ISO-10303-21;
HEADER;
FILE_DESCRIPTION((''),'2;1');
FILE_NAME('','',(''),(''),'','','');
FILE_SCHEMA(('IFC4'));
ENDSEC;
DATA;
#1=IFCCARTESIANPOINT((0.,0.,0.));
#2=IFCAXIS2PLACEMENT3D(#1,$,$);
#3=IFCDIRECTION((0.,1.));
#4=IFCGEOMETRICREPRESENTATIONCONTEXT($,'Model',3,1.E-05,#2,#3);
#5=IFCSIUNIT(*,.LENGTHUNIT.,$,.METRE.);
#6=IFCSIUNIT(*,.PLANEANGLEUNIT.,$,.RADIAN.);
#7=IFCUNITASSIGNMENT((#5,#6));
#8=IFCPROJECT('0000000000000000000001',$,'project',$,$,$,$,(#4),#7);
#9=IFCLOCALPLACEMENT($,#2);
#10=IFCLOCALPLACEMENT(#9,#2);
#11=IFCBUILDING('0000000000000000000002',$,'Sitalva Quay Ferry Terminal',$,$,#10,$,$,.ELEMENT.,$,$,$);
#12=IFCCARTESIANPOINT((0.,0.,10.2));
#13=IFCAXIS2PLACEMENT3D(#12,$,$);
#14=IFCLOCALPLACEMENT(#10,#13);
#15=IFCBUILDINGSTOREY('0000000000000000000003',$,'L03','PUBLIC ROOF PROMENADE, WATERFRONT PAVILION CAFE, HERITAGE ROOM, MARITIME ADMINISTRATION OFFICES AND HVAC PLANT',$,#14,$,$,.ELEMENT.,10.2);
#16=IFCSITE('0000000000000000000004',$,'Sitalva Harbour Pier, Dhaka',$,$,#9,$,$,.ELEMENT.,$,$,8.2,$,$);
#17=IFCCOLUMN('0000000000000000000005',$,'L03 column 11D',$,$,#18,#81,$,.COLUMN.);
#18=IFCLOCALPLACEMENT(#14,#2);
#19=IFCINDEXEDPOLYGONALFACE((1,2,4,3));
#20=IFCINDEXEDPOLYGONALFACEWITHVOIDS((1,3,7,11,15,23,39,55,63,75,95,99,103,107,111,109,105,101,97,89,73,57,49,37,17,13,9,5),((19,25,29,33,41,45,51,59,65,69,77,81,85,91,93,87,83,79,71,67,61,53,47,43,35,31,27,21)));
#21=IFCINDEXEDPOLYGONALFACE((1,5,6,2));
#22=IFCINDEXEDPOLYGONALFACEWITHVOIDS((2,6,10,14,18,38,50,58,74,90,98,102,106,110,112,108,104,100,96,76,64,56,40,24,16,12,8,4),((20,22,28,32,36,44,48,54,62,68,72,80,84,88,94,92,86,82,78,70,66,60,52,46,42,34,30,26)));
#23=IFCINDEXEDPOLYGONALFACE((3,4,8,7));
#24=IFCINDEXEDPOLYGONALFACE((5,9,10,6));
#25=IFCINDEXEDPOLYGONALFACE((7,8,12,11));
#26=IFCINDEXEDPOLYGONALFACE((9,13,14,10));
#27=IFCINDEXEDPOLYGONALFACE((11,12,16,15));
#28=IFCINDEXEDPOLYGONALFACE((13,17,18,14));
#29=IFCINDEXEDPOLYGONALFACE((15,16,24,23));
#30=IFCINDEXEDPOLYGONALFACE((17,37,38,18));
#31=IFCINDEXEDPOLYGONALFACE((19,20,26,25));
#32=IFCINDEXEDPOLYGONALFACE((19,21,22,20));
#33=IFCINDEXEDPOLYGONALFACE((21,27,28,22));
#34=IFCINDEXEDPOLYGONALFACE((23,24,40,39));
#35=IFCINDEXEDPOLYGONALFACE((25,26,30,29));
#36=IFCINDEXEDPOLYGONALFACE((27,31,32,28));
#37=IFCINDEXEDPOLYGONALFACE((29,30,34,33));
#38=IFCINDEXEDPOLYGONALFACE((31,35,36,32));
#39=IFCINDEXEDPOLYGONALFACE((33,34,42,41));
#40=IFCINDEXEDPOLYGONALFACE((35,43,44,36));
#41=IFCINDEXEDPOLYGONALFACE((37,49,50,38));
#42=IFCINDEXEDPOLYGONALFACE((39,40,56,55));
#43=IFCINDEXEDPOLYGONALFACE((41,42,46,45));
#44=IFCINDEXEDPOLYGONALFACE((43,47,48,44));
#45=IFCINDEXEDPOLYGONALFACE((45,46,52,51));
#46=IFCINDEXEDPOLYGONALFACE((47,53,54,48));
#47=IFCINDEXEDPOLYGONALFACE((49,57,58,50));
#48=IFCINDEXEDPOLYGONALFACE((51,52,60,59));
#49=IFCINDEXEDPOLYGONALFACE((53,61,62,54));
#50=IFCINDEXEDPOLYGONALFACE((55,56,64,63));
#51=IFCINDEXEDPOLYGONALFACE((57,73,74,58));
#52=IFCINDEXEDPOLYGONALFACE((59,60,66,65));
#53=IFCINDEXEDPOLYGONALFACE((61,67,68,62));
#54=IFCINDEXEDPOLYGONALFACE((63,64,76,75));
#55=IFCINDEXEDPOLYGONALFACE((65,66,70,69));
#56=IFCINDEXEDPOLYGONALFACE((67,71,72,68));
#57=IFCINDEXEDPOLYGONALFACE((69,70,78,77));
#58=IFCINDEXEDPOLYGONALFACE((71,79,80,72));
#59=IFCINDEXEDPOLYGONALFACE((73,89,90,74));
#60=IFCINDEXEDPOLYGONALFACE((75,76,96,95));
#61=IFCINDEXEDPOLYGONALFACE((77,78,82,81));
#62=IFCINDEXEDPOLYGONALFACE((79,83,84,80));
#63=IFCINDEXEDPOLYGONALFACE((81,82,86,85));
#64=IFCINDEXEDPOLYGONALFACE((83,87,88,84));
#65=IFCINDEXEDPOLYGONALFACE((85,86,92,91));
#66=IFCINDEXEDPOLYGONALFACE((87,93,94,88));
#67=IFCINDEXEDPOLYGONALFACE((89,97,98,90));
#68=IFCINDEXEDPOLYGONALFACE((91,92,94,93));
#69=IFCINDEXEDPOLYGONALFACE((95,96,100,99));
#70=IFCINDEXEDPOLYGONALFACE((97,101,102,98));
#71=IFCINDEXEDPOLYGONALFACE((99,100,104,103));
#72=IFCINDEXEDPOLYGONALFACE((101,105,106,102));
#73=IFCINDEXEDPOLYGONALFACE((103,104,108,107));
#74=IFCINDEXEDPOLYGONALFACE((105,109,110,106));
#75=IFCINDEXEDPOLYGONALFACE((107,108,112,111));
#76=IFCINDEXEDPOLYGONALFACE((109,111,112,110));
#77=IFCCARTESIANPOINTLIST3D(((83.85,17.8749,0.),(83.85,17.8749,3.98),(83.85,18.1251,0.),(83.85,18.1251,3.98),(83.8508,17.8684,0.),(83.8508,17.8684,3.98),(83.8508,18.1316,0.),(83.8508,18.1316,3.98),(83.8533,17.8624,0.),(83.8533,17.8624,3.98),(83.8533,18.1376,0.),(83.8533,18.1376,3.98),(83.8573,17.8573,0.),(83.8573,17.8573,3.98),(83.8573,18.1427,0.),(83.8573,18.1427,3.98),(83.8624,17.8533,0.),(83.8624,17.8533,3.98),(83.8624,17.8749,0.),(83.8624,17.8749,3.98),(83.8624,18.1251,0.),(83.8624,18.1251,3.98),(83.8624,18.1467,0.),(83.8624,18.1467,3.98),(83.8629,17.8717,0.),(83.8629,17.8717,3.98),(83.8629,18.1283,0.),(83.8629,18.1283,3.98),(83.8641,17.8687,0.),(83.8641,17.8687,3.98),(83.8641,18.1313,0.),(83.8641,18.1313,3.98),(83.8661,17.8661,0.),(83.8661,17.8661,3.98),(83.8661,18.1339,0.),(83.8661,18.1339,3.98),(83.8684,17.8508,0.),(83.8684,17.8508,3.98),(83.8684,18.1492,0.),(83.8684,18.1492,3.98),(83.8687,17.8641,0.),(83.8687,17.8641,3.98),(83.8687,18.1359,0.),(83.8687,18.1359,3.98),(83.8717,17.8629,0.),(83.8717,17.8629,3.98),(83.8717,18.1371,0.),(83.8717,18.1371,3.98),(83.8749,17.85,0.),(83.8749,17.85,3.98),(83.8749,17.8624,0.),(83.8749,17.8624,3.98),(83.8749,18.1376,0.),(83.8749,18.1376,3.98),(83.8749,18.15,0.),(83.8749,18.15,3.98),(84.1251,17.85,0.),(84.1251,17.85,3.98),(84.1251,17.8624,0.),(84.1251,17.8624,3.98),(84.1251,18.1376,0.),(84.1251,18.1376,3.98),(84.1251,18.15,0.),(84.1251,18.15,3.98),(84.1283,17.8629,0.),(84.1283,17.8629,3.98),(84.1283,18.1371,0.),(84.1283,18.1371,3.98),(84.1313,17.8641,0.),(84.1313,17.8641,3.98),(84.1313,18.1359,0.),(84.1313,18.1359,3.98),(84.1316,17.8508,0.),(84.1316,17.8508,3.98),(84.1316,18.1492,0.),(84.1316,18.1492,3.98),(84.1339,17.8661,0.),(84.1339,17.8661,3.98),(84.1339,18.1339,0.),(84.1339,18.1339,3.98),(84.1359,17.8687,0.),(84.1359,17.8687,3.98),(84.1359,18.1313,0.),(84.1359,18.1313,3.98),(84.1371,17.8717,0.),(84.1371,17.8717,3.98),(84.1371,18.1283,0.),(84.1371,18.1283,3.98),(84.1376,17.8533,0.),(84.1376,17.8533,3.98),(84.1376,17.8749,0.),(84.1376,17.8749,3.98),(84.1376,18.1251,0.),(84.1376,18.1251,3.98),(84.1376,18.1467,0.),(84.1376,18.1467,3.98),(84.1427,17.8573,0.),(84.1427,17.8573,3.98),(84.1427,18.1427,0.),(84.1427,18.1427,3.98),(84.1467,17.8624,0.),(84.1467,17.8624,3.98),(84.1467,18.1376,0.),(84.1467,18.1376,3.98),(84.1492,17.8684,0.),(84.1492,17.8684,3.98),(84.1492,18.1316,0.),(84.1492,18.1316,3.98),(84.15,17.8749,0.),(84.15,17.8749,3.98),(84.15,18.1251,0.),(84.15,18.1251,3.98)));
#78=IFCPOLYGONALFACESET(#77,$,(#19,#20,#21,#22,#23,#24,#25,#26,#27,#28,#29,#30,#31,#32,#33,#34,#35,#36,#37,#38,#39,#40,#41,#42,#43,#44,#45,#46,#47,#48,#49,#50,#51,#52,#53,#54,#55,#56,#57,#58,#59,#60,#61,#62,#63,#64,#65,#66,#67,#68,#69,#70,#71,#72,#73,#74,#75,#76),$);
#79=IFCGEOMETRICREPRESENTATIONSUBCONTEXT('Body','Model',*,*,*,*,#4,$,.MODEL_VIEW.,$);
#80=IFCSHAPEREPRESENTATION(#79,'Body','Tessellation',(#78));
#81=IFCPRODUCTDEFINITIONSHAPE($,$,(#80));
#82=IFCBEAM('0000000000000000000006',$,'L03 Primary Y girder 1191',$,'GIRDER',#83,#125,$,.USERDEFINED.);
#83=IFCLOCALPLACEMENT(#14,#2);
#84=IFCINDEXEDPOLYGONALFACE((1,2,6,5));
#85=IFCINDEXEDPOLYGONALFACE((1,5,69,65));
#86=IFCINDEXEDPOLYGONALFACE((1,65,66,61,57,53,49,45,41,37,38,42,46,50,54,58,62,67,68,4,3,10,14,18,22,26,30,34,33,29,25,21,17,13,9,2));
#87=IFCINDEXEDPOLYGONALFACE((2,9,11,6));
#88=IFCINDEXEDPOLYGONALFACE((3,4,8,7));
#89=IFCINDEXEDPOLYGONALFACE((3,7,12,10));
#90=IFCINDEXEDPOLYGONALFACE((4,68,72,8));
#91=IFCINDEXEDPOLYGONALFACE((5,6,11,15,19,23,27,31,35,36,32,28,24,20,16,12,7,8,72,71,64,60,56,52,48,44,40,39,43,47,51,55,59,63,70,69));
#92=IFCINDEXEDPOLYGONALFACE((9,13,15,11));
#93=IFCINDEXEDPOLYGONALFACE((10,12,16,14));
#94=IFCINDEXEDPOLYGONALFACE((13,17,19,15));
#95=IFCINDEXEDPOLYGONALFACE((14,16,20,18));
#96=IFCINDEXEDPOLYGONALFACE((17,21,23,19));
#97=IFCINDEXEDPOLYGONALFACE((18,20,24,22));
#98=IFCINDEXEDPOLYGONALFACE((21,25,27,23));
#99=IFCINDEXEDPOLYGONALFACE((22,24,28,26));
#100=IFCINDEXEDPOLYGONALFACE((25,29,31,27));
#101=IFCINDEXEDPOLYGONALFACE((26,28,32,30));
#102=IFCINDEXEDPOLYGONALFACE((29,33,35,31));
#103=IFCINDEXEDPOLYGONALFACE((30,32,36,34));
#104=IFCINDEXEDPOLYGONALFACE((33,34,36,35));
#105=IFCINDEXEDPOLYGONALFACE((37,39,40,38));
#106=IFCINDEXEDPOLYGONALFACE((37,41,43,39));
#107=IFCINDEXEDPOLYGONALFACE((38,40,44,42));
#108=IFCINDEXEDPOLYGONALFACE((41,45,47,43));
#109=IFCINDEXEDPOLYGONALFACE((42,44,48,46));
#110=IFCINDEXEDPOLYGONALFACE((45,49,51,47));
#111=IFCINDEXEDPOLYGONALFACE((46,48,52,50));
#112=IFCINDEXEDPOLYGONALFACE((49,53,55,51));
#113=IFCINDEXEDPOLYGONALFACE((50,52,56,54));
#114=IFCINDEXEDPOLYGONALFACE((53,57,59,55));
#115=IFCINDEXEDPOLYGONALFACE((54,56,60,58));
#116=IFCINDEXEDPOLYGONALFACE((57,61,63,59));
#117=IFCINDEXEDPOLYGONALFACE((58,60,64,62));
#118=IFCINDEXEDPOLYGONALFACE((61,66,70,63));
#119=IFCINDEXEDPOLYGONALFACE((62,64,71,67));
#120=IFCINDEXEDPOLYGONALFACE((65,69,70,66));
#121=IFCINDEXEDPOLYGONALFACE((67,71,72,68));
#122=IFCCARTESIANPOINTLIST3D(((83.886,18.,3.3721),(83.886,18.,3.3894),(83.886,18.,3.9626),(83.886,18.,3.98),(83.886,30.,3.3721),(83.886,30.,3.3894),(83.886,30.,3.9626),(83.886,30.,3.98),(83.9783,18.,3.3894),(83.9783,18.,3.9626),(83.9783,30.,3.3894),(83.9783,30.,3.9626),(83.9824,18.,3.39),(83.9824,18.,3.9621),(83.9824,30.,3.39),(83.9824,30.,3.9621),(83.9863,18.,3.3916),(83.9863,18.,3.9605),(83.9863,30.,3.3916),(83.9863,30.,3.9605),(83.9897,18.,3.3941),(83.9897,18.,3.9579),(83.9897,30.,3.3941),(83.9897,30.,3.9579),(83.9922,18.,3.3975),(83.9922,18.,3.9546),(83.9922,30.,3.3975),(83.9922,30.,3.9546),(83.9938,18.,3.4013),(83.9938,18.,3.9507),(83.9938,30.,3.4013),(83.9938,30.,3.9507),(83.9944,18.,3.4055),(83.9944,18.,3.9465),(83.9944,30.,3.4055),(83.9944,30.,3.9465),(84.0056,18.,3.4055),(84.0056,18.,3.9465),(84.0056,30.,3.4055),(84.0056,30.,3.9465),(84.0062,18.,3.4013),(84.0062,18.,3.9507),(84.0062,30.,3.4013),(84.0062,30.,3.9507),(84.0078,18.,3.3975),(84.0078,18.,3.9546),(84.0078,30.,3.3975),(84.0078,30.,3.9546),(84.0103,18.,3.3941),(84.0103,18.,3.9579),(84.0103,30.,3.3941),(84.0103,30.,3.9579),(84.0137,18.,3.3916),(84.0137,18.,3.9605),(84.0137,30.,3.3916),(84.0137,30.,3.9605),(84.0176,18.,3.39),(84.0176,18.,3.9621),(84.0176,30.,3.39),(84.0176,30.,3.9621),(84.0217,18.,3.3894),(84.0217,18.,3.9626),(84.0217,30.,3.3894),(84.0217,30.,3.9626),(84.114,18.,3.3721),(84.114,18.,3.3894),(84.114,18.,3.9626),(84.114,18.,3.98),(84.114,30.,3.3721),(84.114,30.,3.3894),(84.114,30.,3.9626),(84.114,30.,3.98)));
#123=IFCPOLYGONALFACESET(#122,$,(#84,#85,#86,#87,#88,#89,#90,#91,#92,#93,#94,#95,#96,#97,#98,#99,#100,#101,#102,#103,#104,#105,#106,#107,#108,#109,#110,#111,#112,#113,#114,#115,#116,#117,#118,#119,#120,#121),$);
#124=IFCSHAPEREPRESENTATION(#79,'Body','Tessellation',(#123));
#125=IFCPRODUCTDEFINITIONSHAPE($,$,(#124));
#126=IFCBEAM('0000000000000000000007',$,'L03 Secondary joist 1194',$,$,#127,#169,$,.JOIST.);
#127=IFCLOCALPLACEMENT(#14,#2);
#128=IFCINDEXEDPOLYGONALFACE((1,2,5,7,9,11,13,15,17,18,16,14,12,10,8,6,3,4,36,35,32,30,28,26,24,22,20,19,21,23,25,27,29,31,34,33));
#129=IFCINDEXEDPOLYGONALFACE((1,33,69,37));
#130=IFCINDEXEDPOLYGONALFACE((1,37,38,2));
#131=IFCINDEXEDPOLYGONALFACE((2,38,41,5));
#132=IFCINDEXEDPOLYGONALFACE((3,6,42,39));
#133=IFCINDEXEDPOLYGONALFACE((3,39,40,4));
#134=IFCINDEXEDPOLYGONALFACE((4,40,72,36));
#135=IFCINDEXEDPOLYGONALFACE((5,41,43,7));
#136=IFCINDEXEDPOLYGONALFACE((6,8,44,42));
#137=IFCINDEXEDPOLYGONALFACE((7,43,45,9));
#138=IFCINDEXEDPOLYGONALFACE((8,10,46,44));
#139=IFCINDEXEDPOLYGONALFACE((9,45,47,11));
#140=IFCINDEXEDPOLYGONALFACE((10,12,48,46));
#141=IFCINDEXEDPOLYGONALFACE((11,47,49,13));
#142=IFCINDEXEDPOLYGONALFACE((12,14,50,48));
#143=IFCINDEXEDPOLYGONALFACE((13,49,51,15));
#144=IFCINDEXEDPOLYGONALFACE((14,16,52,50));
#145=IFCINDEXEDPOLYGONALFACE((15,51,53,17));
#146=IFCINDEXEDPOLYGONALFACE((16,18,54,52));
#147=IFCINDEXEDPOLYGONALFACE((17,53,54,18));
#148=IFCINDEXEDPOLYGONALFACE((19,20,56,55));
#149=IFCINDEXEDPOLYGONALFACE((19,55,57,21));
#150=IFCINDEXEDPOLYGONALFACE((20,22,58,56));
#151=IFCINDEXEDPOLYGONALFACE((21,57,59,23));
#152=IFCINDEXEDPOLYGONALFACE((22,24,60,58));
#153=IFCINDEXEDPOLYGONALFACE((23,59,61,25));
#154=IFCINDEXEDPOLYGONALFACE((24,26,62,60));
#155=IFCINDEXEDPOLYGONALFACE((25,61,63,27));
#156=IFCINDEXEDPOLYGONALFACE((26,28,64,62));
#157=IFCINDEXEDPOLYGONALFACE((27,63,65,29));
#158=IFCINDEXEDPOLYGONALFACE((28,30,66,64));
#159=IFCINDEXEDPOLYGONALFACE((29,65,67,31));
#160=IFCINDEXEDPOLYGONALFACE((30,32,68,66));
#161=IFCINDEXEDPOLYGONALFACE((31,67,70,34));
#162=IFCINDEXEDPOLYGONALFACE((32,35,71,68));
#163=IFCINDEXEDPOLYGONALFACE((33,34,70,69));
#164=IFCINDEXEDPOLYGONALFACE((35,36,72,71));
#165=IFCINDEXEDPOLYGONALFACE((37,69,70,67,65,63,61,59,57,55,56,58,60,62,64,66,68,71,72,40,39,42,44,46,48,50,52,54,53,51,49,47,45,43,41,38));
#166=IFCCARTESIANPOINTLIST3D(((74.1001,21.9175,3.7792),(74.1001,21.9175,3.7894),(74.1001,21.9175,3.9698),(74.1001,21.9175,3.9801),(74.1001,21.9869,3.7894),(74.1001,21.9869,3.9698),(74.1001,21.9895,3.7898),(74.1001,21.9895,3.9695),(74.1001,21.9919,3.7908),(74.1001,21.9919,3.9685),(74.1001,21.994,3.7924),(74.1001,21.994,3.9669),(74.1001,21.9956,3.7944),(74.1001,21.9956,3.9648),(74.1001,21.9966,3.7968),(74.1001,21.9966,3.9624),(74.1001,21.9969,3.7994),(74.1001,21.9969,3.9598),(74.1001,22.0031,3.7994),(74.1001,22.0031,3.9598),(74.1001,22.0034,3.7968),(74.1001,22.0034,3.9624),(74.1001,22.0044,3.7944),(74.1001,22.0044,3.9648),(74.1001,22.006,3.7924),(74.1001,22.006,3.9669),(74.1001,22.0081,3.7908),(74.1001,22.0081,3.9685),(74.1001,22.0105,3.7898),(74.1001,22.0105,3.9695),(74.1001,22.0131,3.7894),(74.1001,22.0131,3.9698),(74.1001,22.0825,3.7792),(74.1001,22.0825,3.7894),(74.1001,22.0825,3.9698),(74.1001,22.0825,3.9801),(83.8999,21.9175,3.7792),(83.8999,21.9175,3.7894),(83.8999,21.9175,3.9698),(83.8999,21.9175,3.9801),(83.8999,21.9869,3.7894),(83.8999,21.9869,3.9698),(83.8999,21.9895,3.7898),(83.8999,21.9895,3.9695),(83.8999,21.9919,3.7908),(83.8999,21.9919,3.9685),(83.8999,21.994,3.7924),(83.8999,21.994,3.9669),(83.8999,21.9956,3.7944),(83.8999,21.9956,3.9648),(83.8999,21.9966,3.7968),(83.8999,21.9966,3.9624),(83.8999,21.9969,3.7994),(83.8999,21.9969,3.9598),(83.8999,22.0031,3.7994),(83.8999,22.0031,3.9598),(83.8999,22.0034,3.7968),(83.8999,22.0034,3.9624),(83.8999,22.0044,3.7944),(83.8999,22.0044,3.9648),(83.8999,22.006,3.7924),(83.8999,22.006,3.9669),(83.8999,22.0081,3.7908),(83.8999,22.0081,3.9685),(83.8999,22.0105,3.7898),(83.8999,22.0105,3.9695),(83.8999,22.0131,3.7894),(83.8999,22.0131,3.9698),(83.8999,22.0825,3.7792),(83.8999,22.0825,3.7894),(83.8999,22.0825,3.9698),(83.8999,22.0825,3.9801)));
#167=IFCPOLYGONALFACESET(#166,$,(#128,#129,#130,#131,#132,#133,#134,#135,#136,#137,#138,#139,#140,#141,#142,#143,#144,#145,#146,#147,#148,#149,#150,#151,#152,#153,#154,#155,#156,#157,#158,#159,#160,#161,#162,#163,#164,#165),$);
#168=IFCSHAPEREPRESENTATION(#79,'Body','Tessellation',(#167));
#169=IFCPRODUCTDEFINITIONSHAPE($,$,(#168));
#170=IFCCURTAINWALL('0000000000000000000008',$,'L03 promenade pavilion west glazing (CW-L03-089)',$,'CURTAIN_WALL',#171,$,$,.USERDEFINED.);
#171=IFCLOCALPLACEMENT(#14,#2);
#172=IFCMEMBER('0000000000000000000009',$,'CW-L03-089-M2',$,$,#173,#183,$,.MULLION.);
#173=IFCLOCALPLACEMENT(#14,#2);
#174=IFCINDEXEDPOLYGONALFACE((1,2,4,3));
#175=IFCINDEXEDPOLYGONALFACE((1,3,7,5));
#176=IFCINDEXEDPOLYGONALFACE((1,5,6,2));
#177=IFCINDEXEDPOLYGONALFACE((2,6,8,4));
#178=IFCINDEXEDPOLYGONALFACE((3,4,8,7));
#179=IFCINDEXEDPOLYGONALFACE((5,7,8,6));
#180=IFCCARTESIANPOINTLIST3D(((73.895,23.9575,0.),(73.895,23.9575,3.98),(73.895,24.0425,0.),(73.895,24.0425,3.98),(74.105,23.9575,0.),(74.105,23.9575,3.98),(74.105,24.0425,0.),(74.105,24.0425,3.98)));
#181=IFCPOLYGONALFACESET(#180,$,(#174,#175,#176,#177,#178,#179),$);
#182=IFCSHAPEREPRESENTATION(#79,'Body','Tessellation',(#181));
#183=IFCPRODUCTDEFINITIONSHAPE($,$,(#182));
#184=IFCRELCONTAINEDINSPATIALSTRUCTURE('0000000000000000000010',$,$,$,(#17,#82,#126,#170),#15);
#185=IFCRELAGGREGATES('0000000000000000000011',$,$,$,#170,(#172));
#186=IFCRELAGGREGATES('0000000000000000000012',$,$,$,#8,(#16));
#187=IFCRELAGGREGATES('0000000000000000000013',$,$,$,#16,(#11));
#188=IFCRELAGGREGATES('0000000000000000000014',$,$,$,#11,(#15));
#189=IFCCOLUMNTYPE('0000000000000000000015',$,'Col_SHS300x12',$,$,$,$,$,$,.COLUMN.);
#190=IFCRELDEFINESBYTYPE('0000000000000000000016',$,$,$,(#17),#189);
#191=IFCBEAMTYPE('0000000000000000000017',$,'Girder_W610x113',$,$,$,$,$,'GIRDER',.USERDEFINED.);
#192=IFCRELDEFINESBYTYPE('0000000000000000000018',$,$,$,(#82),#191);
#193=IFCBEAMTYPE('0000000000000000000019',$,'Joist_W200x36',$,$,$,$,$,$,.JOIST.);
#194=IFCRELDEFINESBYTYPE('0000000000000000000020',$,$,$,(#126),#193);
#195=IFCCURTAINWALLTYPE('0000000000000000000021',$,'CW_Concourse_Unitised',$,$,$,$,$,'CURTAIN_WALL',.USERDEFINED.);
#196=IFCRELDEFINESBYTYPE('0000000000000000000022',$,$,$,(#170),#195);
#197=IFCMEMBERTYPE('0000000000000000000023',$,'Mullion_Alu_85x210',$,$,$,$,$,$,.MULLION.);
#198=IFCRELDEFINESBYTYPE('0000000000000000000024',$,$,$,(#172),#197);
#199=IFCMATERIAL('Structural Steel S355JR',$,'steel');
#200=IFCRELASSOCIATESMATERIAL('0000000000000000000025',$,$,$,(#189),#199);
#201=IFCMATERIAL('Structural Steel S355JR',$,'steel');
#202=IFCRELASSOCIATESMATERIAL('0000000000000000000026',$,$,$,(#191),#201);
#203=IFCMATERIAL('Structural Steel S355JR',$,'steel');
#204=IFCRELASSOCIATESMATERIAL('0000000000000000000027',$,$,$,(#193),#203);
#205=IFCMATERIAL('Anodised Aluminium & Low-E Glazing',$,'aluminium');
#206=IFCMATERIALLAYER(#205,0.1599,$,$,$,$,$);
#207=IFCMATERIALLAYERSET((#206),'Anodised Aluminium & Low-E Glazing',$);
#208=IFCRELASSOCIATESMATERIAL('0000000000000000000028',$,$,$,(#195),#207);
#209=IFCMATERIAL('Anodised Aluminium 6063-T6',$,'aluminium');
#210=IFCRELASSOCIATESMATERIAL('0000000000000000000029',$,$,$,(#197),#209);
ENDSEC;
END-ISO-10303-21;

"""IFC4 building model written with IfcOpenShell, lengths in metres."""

from ifc_helpers import new_model, si_unit, direction, frame, origin, origin_2d, place, context, subcontext, project, spatial, rectangle, hollow_rectangle, i_section, extrude, material, layer, layer_set, material_profile, profile_set, type_object, element, aggregate, save


model = new_model("IFC4")

# Units and contexts
model_context = context("Model", 3, precision=1e-05, world=origin(), true_north=direction((0.0, 1.0)))
body_context = subcontext(model_context, "Body", "Model", "MODEL_VIEW")
ifc_project = project(units=[si_unit("LENGTHUNIT", "METRE"), si_unit("PLANEANGLEUNIT", "RADIAN")], contexts=[model_context])

# Site, building, storey
site_placement = place(None, origin())
site = spatial("IfcSite", under=ifc_project, at=site_placement, Name="Sitalva Harbour Pier, Dhaka", CompositionType="ELEMENT", RefElevation=8.2)
building_placement = place(site_placement, origin())
building = spatial("IfcBuilding", under=site, at=building_placement, Name="Sitalva Quay Ferry Terminal", CompositionType="ELEMENT")
storey_placement = place(building_placement, frame((0.0, 0.0, 10.2)))
storey = spatial("IfcBuildingStorey", under=building, at=storey_placement, Name="L03", Description="PUBLIC ROOF PROMENADE, WATERFRONT PAVILION CAFE, HERITAGE ROOM, MARITIME ADMINISTRATION OFFICES AND HVAC PLANT", CompositionType="ELEMENT", Elevation=10.2)

# Column
ifc_material_1 = material(Name="Structural Steel S355JR", Category="steel")
ifc_material_profile_1 = material_profile(ifc_material_1, hollow_rectangle(XDim=0.3, YDim=0.3, WallThickness=0.0125, InnerFilletRadius=0.0125, OuterFilletRadius=0.0249, at=origin_2d()), Name="SHS300x300x12.5")
ifc_profile_set_1 = profile_set([ifc_material_profile_1], Name="Structural Steel S355JR")
column_type = type_object("IfcColumnType", Name="Col_SHS300x12", PredefinedType="COLUMN", material=ifc_profile_set_1)
column_placement = place(storey_placement, frame((84.0, 18.0, 0.0), z_axis=(0.0, 0.0, 1.0), x_axis=(1.0, 0.0, 0.0)))
element("IfcColumn", 1, at=column_placement, inside=storey, type_object=column_type, Name="L03 column 11D", PredefinedType="COLUMN", context=body_context, shape_type="SweptSolid", body=[
    extrude(hollow_rectangle(XDim=0.3, YDim=0.3, WallThickness=0.0125, InnerFilletRadius=0.0125, OuterFilletRadius=0.0249, at=origin_2d()), origin(), (0.0, 0.0, 1.0), 3.98),
])

# Beams
ifc_material_2 = material(Name="Structural Steel S355JR", Category="steel")
ifc_material_profile_2 = material_profile(ifc_material_2, i_section(OverallWidth=0.228, OverallDepth=0.6079, WebThickness=0.0112, FlangeThickness=0.0173, FilletRadius=0.0161, at=origin_2d()), Name="W610x113")
ifc_profile_set_2 = profile_set([ifc_material_profile_2], Name="Structural Steel S355JR")
beam_type_1 = type_object("IfcBeamType", Name="Girder_W610x113", ElementType="GIRDER", PredefinedType="USERDEFINED", material=ifc_profile_set_2)
beam_1_placement = place(storey_placement, frame((84.0, 18.0, 3.676), z_axis=(0.0, 1.0, 0.0), x_axis=(-1.0, 0.0, 0.0)))
element("IfcBeam", 2, at=beam_1_placement, inside=storey, type_object=beam_type_1, Name="L03 Primary Y girder 1191", ObjectType="GIRDER", PredefinedType="USERDEFINED", context=body_context, shape_type="SweptSolid", body=[
    extrude(i_section(OverallWidth=0.228, OverallDepth=0.6079, WebThickness=0.0112, FlangeThickness=0.0173, FilletRadius=0.0161, at=origin_2d()), origin(), (0.0, 0.0, 1.0), 12.0),
])
ifc_material_3 = material(Name="Structural Steel S355JR", Category="steel")
ifc_material_profile_3 = material_profile(ifc_material_3, i_section(OverallWidth=0.165, OverallDepth=0.2009, WebThickness=0.0061, FlangeThickness=0.0103, FilletRadius=0.01, at=origin_2d()), Name="W200x36")
ifc_profile_set_3 = profile_set([ifc_material_profile_3], Name="Structural Steel S355JR")
beam_type_2 = type_object("IfcBeamType", Name="Joist_W200x36", PredefinedType="JOIST", material=ifc_profile_set_3)
beam_2_placement = place(storey_placement, frame((74.1001, 22.0, 3.8796), z_axis=(1.0, 0.0, 0.0), x_axis=(0.0, 1.0, 0.0)))
element("IfcBeam", 3, at=beam_2_placement, inside=storey, type_object=beam_type_2, Name="L03 Secondary joist 1194", PredefinedType="JOIST", context=body_context, shape_type="SweptSolid", body=[
    extrude(i_section(OverallWidth=0.165, OverallDepth=0.2009, WebThickness=0.0061, FlangeThickness=0.0103, FilletRadius=0.01, at=origin_2d()), origin(), (0.0, 0.0, 1.0), 9.7998),
])

# Curtain wall, member
ifc_material_4 = material(Name="Anodised Aluminium & Low-E Glazing", Category="aluminium")
ifc_layer_1 = layer(ifc_material_4, 0.1599)
ifc_layer_set_1 = layer_set([ifc_layer_1], Name="Anodised Aluminium & Low-E Glazing")
curtain_wall_type = type_object("IfcCurtainWallType", Name="CW_Concourse_Unitised", ElementType="CURTAIN_WALL", PredefinedType="USERDEFINED", material=ifc_layer_set_1)
curtain_wall_placement = place(storey_placement, origin())
curtain_wall = element("IfcCurtainWall", 4, at=curtain_wall_placement, inside=storey, type_object=curtain_wall_type, Name="L03 promenade pavilion west glazing (CW-L03-089)", ObjectType="CURTAIN_WALL", PredefinedType="USERDEFINED")
ifc_material_5 = material(Name="Anodised Aluminium 6063-T6", Category="aluminium")
ifc_material_profile_4 = material_profile(ifc_material_5, rectangle(XDim=0.085, YDim=0.21, at=origin_2d()), Name="ALU85x210")
ifc_profile_set_4 = profile_set([ifc_material_profile_4], Name="Anodised Aluminium 6063-T6")
member_type_1 = type_object("IfcMemberType", Name="Mullion_Alu_85x210", PredefinedType="MULLION", material=ifc_profile_set_4)
member_1_placement = place(storey_placement, frame((74.0, 24.0, 0.0), z_axis=(0.0, 0.0, 1.0), x_axis=(0.0, 1.0, 0.0)))
member_1 = element("IfcMember", 5, at=member_1_placement, type_object=member_type_1, Name="CW-L03-089-M2", PredefinedType="MULLION", context=body_context, shape_type="SweptSolid", body=[
    extrude(rectangle(XDim=0.085, YDim=0.21, at=origin_2d()), origin(), (0.0, 0.0, 1.0), 3.98),
])
aggregate(curtain_wall, [member_1])

save(model, "model.ifc")
